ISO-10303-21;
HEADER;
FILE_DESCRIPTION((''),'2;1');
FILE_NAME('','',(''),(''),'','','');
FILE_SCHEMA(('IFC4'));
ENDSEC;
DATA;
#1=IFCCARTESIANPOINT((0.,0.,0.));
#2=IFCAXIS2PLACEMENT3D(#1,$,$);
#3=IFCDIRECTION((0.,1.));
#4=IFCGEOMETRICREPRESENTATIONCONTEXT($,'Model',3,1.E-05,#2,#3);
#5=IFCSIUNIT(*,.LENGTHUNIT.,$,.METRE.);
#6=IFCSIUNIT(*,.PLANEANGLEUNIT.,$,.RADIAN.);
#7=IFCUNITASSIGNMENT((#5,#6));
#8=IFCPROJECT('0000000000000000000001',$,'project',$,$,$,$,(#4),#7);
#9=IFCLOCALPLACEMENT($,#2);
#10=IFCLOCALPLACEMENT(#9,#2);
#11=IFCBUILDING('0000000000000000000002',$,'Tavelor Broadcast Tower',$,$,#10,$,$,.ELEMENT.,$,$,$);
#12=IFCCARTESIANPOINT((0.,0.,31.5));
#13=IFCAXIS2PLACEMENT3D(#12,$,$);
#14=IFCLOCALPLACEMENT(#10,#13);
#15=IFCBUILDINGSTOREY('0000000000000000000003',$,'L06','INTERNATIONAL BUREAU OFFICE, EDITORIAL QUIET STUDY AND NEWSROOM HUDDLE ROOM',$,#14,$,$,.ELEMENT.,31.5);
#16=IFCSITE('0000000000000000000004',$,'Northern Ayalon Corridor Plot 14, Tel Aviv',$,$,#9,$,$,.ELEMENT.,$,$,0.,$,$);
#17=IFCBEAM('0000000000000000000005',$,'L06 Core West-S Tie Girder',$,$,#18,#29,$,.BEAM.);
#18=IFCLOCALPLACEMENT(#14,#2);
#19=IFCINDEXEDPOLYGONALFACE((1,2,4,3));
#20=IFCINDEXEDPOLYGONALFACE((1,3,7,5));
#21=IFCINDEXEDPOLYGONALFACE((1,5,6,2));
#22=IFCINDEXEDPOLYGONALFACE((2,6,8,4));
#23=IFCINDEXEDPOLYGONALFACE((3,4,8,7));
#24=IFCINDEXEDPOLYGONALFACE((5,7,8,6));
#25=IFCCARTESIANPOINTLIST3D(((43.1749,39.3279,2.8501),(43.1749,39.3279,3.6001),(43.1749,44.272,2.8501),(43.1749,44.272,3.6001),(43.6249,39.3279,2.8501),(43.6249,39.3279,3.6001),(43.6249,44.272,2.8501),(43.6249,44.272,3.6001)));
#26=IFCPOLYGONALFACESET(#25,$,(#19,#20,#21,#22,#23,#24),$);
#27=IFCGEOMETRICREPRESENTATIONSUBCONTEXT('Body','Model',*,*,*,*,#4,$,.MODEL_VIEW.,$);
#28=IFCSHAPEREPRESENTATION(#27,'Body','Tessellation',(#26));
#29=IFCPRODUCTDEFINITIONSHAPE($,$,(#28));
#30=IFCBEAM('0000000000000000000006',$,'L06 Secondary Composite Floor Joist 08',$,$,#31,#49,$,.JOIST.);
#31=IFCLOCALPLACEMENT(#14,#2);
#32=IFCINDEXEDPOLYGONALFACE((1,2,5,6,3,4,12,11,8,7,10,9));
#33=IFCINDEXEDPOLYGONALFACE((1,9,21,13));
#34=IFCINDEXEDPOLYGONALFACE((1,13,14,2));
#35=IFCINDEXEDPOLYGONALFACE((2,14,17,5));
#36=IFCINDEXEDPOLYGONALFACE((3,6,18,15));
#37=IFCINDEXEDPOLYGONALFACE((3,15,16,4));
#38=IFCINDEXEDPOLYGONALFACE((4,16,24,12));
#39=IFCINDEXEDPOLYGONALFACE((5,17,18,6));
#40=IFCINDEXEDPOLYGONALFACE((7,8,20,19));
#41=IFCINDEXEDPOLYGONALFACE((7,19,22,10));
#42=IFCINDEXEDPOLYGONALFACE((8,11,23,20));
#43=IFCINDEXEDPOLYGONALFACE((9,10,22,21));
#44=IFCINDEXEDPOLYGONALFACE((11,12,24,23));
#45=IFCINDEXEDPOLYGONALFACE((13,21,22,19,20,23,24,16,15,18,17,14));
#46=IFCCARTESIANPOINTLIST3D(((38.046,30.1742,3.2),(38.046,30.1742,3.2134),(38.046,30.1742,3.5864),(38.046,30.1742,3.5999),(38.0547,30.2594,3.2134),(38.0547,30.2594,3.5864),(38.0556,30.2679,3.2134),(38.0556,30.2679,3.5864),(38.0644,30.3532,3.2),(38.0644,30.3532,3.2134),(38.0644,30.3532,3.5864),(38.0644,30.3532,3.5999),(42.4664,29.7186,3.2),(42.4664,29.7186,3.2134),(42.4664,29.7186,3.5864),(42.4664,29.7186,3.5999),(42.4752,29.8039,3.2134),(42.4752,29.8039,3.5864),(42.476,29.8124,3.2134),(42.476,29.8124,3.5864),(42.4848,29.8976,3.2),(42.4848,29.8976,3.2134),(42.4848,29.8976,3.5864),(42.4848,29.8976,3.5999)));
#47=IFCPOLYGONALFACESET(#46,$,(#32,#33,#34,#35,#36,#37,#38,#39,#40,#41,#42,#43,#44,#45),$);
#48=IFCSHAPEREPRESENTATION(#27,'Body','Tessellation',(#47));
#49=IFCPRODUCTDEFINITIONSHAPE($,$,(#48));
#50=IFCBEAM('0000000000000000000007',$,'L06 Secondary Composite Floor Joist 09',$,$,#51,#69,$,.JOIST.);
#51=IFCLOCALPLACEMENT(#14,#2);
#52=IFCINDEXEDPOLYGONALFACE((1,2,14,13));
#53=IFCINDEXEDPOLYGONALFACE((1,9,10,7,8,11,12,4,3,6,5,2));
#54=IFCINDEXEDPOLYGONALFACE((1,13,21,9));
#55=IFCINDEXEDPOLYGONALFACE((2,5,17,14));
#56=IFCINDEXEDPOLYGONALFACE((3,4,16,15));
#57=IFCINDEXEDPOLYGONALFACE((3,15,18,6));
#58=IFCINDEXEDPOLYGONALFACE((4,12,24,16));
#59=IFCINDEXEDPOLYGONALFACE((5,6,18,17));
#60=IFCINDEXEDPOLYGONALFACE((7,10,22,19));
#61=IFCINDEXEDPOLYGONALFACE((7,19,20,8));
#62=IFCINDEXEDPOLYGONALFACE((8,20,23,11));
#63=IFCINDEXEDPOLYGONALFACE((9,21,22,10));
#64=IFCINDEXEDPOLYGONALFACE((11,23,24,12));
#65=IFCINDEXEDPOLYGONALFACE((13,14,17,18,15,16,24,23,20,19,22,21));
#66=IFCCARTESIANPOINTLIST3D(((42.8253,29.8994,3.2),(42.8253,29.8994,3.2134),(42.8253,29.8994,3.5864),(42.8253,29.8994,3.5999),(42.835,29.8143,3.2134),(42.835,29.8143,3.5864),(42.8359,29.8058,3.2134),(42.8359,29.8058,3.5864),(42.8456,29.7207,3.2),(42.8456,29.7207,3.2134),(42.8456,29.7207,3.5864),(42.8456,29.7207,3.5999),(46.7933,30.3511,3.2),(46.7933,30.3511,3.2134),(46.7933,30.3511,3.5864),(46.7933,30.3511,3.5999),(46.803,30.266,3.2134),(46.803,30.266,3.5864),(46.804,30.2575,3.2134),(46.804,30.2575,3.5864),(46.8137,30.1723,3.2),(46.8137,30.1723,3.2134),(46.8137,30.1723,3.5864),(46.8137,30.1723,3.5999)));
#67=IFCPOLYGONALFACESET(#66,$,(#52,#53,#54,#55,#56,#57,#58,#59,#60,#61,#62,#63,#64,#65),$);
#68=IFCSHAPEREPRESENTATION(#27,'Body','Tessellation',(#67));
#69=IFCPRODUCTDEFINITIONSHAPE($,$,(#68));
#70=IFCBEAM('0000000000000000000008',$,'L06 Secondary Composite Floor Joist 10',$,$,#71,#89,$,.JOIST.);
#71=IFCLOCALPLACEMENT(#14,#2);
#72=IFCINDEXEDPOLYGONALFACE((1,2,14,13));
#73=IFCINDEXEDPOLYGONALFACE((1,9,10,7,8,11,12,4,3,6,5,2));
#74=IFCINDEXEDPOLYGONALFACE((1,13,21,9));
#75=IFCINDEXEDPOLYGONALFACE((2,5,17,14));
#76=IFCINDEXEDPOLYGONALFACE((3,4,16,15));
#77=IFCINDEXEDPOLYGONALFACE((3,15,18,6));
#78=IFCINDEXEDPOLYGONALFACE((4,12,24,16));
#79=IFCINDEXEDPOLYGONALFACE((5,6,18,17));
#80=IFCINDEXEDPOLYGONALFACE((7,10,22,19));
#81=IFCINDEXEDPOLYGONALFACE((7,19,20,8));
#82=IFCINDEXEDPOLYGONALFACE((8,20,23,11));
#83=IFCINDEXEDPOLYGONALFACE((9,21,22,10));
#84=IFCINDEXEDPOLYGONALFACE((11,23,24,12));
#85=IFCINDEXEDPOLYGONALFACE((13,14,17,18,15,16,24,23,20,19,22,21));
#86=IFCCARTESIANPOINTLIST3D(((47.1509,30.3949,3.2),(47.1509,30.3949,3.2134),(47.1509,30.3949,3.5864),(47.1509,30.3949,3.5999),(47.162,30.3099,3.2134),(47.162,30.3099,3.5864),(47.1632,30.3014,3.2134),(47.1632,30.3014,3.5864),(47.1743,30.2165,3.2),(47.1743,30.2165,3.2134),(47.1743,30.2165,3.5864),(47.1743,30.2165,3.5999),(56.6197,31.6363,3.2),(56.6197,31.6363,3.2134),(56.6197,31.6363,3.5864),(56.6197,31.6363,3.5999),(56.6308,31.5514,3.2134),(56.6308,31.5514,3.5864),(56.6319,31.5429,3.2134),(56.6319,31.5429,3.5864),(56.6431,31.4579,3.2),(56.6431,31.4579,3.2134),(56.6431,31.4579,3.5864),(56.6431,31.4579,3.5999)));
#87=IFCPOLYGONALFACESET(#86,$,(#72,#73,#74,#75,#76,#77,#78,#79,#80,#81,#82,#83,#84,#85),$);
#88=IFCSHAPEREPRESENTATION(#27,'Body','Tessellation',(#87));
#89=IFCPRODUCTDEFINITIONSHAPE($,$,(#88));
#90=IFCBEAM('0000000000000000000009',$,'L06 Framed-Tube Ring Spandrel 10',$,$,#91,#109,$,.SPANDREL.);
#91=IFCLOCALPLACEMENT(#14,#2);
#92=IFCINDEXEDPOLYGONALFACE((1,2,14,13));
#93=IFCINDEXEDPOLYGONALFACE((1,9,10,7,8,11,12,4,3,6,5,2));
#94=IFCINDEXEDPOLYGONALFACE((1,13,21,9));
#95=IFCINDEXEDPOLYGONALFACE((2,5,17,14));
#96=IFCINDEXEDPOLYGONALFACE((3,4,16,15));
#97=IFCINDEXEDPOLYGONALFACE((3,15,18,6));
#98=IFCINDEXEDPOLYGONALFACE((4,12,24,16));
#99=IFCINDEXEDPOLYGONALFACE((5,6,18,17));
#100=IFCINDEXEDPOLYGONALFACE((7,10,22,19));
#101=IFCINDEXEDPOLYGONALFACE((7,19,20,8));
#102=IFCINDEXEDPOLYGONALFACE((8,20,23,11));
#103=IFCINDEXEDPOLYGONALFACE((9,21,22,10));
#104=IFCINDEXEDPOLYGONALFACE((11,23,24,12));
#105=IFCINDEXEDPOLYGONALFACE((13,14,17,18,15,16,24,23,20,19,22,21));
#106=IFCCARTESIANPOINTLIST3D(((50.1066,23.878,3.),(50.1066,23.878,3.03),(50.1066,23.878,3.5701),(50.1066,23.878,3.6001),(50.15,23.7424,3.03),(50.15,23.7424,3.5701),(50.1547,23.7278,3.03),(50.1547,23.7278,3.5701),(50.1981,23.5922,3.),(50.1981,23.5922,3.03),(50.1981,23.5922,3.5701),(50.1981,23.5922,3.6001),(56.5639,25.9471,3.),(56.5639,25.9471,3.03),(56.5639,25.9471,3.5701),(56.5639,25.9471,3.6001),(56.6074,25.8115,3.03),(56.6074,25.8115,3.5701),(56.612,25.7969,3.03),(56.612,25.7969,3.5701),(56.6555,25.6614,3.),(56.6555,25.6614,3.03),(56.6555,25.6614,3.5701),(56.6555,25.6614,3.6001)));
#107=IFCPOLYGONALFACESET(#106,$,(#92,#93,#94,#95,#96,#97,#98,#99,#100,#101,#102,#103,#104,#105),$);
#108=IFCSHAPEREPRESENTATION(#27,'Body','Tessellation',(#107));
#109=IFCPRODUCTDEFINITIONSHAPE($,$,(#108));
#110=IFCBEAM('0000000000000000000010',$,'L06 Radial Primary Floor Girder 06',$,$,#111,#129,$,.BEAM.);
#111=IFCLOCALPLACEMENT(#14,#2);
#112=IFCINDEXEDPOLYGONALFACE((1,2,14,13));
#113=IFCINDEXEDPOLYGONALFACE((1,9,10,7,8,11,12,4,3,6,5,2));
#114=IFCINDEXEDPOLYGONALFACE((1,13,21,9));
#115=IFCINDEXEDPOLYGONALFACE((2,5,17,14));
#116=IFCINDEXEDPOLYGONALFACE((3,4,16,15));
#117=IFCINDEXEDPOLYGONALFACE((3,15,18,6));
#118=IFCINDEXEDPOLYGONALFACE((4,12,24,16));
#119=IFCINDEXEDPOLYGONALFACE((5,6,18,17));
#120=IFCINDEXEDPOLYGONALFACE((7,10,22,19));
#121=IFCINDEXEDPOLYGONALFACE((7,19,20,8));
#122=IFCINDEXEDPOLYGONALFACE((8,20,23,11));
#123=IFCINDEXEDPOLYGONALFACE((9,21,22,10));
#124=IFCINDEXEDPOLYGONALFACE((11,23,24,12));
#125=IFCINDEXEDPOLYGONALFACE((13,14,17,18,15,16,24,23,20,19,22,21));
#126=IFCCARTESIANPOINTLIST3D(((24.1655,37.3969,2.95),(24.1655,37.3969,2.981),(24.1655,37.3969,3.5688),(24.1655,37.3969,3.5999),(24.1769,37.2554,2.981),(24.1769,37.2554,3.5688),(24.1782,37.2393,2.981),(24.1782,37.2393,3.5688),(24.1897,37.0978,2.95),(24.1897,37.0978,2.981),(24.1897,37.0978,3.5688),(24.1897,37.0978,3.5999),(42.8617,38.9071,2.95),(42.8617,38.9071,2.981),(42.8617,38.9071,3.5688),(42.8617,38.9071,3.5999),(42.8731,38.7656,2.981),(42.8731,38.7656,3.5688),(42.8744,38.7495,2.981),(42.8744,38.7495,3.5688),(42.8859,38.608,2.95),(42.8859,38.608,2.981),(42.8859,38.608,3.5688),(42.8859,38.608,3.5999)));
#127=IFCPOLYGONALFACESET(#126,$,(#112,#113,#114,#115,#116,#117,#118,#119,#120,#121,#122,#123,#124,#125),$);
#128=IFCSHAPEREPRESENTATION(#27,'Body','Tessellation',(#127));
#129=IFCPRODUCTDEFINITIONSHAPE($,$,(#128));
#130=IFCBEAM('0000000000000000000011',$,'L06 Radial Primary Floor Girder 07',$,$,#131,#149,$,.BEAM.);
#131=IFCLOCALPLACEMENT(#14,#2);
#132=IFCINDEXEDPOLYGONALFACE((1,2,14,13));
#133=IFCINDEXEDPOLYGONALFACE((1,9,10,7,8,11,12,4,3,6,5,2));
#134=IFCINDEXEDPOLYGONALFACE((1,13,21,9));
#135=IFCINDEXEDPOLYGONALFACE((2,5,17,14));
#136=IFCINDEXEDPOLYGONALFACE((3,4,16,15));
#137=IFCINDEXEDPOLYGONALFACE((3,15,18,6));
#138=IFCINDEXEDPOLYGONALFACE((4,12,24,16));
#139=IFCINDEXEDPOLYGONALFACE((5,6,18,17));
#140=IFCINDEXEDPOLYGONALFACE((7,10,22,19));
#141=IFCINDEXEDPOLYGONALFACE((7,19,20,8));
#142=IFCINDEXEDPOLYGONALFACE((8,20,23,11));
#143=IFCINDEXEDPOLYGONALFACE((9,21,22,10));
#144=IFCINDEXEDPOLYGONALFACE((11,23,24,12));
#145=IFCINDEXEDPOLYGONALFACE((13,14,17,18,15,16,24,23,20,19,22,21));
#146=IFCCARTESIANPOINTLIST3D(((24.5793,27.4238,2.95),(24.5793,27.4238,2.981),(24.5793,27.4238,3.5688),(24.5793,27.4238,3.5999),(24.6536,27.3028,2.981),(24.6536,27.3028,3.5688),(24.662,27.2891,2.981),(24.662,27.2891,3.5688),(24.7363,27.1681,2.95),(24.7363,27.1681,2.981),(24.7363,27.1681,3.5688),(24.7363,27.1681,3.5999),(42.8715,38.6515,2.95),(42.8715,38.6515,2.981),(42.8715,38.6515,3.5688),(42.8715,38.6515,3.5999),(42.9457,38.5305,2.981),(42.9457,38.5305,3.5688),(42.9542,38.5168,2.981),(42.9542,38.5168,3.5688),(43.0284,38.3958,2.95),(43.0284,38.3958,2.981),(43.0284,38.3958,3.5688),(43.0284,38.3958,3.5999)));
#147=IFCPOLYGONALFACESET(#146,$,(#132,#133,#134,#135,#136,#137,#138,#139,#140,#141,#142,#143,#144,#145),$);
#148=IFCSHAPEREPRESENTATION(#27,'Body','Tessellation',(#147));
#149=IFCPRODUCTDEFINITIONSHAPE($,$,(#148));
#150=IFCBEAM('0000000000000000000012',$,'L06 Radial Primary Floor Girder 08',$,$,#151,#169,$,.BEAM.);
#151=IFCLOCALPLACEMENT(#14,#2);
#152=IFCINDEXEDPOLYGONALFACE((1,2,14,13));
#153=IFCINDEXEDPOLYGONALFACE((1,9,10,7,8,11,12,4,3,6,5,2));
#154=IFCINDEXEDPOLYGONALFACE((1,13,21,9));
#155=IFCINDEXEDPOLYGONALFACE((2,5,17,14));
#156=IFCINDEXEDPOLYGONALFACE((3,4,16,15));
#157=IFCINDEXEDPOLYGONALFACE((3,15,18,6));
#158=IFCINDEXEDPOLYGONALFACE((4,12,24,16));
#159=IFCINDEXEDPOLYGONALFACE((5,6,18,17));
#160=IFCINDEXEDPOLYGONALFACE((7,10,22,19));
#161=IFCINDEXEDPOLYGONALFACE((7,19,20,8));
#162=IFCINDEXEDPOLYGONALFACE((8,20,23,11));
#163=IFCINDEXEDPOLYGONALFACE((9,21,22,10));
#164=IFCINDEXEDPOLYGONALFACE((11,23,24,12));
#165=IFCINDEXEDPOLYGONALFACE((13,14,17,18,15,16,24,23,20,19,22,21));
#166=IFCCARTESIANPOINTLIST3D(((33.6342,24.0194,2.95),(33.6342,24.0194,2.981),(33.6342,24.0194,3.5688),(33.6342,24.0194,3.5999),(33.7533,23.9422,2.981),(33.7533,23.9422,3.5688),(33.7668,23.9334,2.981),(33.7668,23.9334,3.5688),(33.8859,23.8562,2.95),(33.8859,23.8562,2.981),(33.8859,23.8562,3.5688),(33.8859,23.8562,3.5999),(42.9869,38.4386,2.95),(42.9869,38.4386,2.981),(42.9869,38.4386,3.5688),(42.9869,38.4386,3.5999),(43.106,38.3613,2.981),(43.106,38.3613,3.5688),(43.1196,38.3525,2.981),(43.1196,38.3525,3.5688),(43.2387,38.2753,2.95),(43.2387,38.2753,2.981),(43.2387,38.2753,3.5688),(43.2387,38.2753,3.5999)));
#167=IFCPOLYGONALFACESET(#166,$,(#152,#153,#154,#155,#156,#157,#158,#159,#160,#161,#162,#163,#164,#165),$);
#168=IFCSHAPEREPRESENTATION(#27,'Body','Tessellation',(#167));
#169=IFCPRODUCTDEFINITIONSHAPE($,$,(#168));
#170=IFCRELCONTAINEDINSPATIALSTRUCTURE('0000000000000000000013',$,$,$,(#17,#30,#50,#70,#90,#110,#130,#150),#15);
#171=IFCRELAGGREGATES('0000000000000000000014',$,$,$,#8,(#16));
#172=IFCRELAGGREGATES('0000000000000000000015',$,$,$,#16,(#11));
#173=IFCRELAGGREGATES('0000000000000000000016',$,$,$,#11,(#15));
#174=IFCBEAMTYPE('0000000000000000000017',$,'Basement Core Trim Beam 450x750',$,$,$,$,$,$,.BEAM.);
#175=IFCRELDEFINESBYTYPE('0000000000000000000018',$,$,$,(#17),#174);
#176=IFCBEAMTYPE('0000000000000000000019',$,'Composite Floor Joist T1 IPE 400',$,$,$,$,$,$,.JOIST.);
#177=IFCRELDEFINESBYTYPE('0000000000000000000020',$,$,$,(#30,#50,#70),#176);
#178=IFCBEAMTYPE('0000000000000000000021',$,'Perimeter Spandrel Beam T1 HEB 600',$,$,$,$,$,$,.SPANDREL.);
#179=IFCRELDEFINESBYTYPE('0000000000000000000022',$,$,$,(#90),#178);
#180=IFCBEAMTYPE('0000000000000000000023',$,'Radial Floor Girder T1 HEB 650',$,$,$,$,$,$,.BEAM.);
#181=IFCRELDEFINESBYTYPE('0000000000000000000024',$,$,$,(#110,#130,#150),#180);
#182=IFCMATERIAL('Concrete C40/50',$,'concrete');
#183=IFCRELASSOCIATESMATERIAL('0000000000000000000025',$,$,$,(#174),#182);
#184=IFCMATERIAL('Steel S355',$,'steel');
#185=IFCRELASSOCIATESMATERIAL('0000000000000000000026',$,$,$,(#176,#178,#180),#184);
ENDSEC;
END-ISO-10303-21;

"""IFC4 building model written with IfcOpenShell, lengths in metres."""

from ifc_helpers import new_model, si_unit, direction, frame, origin, origin_2d, place, context, subcontext, project, spatial, rectangle, i_section, extrude, material, material_profile, profile_set, type_object, element, save


model = new_model("IFC4")

# Units and contexts
model_context = context("Model", 3, precision=1e-05, world=origin(), true_north=direction((0.0, 1.0)))
body_context = subcontext(model_context, "Body", "Model", "MODEL_VIEW")
ifc_project = project(units=[si_unit("LENGTHUNIT", "METRE"), si_unit("PLANEANGLEUNIT", "RADIAN")], contexts=[model_context])

# Site, building, storey
site_placement = place(None, origin())
site = spatial("IfcSite", under=ifc_project, at=site_placement, Name="Northern Ayalon Corridor Plot 14, Tel Aviv", CompositionType="ELEMENT", RefElevation=0.0)
building_placement = place(site_placement, origin())
building = spatial("IfcBuilding", under=site, at=building_placement, Name="Tavelor Broadcast Tower", CompositionType="ELEMENT")
storey_placement = place(building_placement, frame((0.0, 0.0, 31.5)))
storey = spatial("IfcBuildingStorey", under=building, at=storey_placement, Name="L06", Description="INTERNATIONAL BUREAU OFFICE, EDITORIAL QUIET STUDY AND NEWSROOM HUDDLE ROOM", CompositionType="ELEMENT", Elevation=31.5)

# Beams
ifc_material_1 = material(Name="Concrete C40/50", Category="concrete")
ifc_material_profile_1 = material_profile(ifc_material_1, rectangle(XDim=0.45, YDim=0.75, at=origin_2d()), Name="RC 450x750")
ifc_profile_set_1 = profile_set([ifc_material_profile_1], Name="Concrete C40/50")
beam_type_1 = type_object("IfcBeamType", Name="Basement Core Trim Beam 450x750", PredefinedType="BEAM", material=ifc_profile_set_1)
beam_1_placement = place(storey_placement, frame((43.3999, 39.3279, 3.2251), z_axis=(0.0, 1.0, 0.0), x_axis=(-1.0, 0.0, 0.0)))
element("IfcBeam", 1, at=beam_1_placement, inside=storey, type_object=beam_type_1, Name="L06 Core West-S Tie Girder", PredefinedType="BEAM", context=body_context, shape_type="SweptSolid", body=[
    extrude(rectangle(XDim=0.45, YDim=0.75, at=origin_2d()), origin(), (0.0, 0.0, 1.0), 4.9441),
])
ifc_material_2 = material(Name="Steel S355", Category="steel")
ifc_material_profile_2 = material_profile(ifc_material_2, i_section(OverallWidth=0.1799, OverallDepth=0.3999, WebThickness=0.0085, FlangeThickness=0.0134, at=origin_2d()), Name="IPE 400")
ifc_profile_set_2 = profile_set([ifc_material_profile_2], Name="Steel S355")
beam_type_2 = type_object("IfcBeamType", Name="Composite Floor Joist T1 IPE 400", PredefinedType="JOIST", material=ifc_profile_set_2)
beam_2_placement = place(storey_placement, frame((38.0552, 30.2637, 3.3999), z_axis=(0.994731, -0.102517, 0.0), x_axis=(0.102517, 0.994731, 0.0)))
element("IfcBeam", 2, at=beam_2_placement, inside=storey, type_object=beam_type_2, Name="L06 Secondary Composite Floor Joist 08", PredefinedType="JOIST", context=body_context, shape_type="SweptSolid", body=[
    extrude(i_section(OverallWidth=0.1799, OverallDepth=0.3999, WebThickness=0.0085, FlangeThickness=0.0134, at=origin_2d()), origin(), (0.0, 0.0, 1.0), 4.4438),
])
beam_3_placement = place(storey_placement, frame((42.8354, 29.8101, 3.3999), z_axis=(0.993584, 0.113095, 0.0), x_axis=(-0.113095, 0.993584, 0.0)))
element("IfcBeam", 3, at=beam_3_placement, inside=storey, type_object=beam_type_2, Name="L06 Secondary Composite Floor Joist 09", PredefinedType="JOIST", context=body_context, shape_type="SweptSolid", body=[
    extrude(i_section(OverallWidth=0.1799, OverallDepth=0.3999, WebThickness=0.0085, FlangeThickness=0.0134, at=origin_2d()), origin(), (0.0, 0.0, 1.0), 3.9937),
])
beam_4_placement = place(storey_placement, frame((47.1626, 30.3057, 3.3999), z_axis=(0.991514, 0.129998, 0.0), x_axis=(-0.129998, 0.991514, 0.0)))
element("IfcBeam", 4, at=beam_4_placement, inside=storey, type_object=beam_type_2, Name="L06 Secondary Composite Floor Joist 10", PredefinedType="JOIST", context=body_context, shape_type="SweptSolid", body=[
    extrude(i_section(OverallWidth=0.1799, OverallDepth=0.3999, WebThickness=0.0085, FlangeThickness=0.0134, at=origin_2d()), origin(), (0.0, 0.0, 1.0), 9.5498),
])
ifc_material_profile_3 = material_profile(ifc_material_2, i_section(OverallWidth=0.3, OverallDepth=0.6001, WebThickness=0.0154, FlangeThickness=0.03, at=origin_2d()), Name="HEB 600")
ifc_profile_set_3 = profile_set([ifc_material_profile_3], Name="Steel S355")
beam_type_3 = type_object("IfcBeamType", Name="Perimeter Spandrel Beam T1 HEB 600", PredefinedType="SPANDREL", material=ifc_profile_set_3)
beam_5_placement = place(storey_placement, frame((50.1523, 23.7351, 3.3), z_axis=(0.952306, 0.305145, 0.0), x_axis=(-0.305145, 0.952306, 0.0)))
element("IfcBeam", 5, at=beam_5_placement, inside=storey, type_object=beam_type_3, Name="L06 Framed-Tube Ring Spandrel 10", PredefinedType="SPANDREL", context=body_context, shape_type="SweptSolid", body=[
    extrude(i_section(OverallWidth=0.3, OverallDepth=0.6001, WebThickness=0.0154, FlangeThickness=0.03, at=origin_2d()), origin(), (0.0, 0.0, 1.0), 6.7808),
])
ifc_material_profile_4 = material_profile(ifc_material_2, i_section(OverallWidth=0.3, OverallDepth=0.6499, WebThickness=0.0161, FlangeThickness=0.031, at=origin_2d()), Name="HEB 650")
ifc_profile_set_4 = profile_set([ifc_material_profile_4], Name="Steel S355")
beam_type_4 = type_object("IfcBeamType", Name="Radial Floor Girder T1 HEB 650", PredefinedType="BEAM", material=ifc_profile_set_4)
beam_6_placement = place(storey_placement, frame((42.8738, 38.7576, 3.2749), z_axis=(-0.996753, -0.080516, 0.0), x_axis=(0.080516, -0.996753, 0.0)))
element("IfcBeam", 6, at=beam_6_placement, inside=storey, type_object=beam_type_4, Name="L06 Radial Primary Floor Girder 06", PredefinedType="BEAM", context=body_context, shape_type="SweptSolid", body=[
    extrude(i_section(OverallWidth=0.3, OverallDepth=0.6499, WebThickness=0.0161, FlangeThickness=0.031, at=origin_2d()), origin(), (0.0, 0.0, 1.0), 18.7571),
])
beam_7_placement = place(storey_placement, frame((42.95, 38.5237, 3.2749), z_axis=(-0.85226, -0.523118, 0.0), x_axis=(0.523118, -0.85226, 0.0)))
element("IfcBeam", 7, at=beam_7_placement, inside=storey, type_object=beam_type_4, Name="L06 Radial Primary Floor Girder 07", PredefinedType="BEAM", context=body_context, shape_type="SweptSolid", body=[
    extrude(i_section(OverallWidth=0.3, OverallDepth=0.6499, WebThickness=0.0161, FlangeThickness=0.031, at=origin_2d()), origin(), (0.0, 0.0, 1.0), 21.4631),
])
beam_8_placement = place(storey_placement, frame((43.1128, 38.3569, 3.2749), z_axis=(-0.544183, -0.838967, 0.0), x_axis=(0.838967, -0.544183, 0.0)))
element("IfcBeam", 8, at=beam_8_placement, inside=storey, type_object=beam_type_4, Name="L06 Radial Primary Floor Girder 08", PredefinedType="BEAM", context=body_context, shape_type="SweptSolid", body=[
    extrude(i_section(OverallWidth=0.3, OverallDepth=0.6499, WebThickness=0.0161, FlangeThickness=0.031, at=origin_2d()), origin(), (0.0, 0.0, 1.0), 17.1868),
])

save(model, "model.ifc")
